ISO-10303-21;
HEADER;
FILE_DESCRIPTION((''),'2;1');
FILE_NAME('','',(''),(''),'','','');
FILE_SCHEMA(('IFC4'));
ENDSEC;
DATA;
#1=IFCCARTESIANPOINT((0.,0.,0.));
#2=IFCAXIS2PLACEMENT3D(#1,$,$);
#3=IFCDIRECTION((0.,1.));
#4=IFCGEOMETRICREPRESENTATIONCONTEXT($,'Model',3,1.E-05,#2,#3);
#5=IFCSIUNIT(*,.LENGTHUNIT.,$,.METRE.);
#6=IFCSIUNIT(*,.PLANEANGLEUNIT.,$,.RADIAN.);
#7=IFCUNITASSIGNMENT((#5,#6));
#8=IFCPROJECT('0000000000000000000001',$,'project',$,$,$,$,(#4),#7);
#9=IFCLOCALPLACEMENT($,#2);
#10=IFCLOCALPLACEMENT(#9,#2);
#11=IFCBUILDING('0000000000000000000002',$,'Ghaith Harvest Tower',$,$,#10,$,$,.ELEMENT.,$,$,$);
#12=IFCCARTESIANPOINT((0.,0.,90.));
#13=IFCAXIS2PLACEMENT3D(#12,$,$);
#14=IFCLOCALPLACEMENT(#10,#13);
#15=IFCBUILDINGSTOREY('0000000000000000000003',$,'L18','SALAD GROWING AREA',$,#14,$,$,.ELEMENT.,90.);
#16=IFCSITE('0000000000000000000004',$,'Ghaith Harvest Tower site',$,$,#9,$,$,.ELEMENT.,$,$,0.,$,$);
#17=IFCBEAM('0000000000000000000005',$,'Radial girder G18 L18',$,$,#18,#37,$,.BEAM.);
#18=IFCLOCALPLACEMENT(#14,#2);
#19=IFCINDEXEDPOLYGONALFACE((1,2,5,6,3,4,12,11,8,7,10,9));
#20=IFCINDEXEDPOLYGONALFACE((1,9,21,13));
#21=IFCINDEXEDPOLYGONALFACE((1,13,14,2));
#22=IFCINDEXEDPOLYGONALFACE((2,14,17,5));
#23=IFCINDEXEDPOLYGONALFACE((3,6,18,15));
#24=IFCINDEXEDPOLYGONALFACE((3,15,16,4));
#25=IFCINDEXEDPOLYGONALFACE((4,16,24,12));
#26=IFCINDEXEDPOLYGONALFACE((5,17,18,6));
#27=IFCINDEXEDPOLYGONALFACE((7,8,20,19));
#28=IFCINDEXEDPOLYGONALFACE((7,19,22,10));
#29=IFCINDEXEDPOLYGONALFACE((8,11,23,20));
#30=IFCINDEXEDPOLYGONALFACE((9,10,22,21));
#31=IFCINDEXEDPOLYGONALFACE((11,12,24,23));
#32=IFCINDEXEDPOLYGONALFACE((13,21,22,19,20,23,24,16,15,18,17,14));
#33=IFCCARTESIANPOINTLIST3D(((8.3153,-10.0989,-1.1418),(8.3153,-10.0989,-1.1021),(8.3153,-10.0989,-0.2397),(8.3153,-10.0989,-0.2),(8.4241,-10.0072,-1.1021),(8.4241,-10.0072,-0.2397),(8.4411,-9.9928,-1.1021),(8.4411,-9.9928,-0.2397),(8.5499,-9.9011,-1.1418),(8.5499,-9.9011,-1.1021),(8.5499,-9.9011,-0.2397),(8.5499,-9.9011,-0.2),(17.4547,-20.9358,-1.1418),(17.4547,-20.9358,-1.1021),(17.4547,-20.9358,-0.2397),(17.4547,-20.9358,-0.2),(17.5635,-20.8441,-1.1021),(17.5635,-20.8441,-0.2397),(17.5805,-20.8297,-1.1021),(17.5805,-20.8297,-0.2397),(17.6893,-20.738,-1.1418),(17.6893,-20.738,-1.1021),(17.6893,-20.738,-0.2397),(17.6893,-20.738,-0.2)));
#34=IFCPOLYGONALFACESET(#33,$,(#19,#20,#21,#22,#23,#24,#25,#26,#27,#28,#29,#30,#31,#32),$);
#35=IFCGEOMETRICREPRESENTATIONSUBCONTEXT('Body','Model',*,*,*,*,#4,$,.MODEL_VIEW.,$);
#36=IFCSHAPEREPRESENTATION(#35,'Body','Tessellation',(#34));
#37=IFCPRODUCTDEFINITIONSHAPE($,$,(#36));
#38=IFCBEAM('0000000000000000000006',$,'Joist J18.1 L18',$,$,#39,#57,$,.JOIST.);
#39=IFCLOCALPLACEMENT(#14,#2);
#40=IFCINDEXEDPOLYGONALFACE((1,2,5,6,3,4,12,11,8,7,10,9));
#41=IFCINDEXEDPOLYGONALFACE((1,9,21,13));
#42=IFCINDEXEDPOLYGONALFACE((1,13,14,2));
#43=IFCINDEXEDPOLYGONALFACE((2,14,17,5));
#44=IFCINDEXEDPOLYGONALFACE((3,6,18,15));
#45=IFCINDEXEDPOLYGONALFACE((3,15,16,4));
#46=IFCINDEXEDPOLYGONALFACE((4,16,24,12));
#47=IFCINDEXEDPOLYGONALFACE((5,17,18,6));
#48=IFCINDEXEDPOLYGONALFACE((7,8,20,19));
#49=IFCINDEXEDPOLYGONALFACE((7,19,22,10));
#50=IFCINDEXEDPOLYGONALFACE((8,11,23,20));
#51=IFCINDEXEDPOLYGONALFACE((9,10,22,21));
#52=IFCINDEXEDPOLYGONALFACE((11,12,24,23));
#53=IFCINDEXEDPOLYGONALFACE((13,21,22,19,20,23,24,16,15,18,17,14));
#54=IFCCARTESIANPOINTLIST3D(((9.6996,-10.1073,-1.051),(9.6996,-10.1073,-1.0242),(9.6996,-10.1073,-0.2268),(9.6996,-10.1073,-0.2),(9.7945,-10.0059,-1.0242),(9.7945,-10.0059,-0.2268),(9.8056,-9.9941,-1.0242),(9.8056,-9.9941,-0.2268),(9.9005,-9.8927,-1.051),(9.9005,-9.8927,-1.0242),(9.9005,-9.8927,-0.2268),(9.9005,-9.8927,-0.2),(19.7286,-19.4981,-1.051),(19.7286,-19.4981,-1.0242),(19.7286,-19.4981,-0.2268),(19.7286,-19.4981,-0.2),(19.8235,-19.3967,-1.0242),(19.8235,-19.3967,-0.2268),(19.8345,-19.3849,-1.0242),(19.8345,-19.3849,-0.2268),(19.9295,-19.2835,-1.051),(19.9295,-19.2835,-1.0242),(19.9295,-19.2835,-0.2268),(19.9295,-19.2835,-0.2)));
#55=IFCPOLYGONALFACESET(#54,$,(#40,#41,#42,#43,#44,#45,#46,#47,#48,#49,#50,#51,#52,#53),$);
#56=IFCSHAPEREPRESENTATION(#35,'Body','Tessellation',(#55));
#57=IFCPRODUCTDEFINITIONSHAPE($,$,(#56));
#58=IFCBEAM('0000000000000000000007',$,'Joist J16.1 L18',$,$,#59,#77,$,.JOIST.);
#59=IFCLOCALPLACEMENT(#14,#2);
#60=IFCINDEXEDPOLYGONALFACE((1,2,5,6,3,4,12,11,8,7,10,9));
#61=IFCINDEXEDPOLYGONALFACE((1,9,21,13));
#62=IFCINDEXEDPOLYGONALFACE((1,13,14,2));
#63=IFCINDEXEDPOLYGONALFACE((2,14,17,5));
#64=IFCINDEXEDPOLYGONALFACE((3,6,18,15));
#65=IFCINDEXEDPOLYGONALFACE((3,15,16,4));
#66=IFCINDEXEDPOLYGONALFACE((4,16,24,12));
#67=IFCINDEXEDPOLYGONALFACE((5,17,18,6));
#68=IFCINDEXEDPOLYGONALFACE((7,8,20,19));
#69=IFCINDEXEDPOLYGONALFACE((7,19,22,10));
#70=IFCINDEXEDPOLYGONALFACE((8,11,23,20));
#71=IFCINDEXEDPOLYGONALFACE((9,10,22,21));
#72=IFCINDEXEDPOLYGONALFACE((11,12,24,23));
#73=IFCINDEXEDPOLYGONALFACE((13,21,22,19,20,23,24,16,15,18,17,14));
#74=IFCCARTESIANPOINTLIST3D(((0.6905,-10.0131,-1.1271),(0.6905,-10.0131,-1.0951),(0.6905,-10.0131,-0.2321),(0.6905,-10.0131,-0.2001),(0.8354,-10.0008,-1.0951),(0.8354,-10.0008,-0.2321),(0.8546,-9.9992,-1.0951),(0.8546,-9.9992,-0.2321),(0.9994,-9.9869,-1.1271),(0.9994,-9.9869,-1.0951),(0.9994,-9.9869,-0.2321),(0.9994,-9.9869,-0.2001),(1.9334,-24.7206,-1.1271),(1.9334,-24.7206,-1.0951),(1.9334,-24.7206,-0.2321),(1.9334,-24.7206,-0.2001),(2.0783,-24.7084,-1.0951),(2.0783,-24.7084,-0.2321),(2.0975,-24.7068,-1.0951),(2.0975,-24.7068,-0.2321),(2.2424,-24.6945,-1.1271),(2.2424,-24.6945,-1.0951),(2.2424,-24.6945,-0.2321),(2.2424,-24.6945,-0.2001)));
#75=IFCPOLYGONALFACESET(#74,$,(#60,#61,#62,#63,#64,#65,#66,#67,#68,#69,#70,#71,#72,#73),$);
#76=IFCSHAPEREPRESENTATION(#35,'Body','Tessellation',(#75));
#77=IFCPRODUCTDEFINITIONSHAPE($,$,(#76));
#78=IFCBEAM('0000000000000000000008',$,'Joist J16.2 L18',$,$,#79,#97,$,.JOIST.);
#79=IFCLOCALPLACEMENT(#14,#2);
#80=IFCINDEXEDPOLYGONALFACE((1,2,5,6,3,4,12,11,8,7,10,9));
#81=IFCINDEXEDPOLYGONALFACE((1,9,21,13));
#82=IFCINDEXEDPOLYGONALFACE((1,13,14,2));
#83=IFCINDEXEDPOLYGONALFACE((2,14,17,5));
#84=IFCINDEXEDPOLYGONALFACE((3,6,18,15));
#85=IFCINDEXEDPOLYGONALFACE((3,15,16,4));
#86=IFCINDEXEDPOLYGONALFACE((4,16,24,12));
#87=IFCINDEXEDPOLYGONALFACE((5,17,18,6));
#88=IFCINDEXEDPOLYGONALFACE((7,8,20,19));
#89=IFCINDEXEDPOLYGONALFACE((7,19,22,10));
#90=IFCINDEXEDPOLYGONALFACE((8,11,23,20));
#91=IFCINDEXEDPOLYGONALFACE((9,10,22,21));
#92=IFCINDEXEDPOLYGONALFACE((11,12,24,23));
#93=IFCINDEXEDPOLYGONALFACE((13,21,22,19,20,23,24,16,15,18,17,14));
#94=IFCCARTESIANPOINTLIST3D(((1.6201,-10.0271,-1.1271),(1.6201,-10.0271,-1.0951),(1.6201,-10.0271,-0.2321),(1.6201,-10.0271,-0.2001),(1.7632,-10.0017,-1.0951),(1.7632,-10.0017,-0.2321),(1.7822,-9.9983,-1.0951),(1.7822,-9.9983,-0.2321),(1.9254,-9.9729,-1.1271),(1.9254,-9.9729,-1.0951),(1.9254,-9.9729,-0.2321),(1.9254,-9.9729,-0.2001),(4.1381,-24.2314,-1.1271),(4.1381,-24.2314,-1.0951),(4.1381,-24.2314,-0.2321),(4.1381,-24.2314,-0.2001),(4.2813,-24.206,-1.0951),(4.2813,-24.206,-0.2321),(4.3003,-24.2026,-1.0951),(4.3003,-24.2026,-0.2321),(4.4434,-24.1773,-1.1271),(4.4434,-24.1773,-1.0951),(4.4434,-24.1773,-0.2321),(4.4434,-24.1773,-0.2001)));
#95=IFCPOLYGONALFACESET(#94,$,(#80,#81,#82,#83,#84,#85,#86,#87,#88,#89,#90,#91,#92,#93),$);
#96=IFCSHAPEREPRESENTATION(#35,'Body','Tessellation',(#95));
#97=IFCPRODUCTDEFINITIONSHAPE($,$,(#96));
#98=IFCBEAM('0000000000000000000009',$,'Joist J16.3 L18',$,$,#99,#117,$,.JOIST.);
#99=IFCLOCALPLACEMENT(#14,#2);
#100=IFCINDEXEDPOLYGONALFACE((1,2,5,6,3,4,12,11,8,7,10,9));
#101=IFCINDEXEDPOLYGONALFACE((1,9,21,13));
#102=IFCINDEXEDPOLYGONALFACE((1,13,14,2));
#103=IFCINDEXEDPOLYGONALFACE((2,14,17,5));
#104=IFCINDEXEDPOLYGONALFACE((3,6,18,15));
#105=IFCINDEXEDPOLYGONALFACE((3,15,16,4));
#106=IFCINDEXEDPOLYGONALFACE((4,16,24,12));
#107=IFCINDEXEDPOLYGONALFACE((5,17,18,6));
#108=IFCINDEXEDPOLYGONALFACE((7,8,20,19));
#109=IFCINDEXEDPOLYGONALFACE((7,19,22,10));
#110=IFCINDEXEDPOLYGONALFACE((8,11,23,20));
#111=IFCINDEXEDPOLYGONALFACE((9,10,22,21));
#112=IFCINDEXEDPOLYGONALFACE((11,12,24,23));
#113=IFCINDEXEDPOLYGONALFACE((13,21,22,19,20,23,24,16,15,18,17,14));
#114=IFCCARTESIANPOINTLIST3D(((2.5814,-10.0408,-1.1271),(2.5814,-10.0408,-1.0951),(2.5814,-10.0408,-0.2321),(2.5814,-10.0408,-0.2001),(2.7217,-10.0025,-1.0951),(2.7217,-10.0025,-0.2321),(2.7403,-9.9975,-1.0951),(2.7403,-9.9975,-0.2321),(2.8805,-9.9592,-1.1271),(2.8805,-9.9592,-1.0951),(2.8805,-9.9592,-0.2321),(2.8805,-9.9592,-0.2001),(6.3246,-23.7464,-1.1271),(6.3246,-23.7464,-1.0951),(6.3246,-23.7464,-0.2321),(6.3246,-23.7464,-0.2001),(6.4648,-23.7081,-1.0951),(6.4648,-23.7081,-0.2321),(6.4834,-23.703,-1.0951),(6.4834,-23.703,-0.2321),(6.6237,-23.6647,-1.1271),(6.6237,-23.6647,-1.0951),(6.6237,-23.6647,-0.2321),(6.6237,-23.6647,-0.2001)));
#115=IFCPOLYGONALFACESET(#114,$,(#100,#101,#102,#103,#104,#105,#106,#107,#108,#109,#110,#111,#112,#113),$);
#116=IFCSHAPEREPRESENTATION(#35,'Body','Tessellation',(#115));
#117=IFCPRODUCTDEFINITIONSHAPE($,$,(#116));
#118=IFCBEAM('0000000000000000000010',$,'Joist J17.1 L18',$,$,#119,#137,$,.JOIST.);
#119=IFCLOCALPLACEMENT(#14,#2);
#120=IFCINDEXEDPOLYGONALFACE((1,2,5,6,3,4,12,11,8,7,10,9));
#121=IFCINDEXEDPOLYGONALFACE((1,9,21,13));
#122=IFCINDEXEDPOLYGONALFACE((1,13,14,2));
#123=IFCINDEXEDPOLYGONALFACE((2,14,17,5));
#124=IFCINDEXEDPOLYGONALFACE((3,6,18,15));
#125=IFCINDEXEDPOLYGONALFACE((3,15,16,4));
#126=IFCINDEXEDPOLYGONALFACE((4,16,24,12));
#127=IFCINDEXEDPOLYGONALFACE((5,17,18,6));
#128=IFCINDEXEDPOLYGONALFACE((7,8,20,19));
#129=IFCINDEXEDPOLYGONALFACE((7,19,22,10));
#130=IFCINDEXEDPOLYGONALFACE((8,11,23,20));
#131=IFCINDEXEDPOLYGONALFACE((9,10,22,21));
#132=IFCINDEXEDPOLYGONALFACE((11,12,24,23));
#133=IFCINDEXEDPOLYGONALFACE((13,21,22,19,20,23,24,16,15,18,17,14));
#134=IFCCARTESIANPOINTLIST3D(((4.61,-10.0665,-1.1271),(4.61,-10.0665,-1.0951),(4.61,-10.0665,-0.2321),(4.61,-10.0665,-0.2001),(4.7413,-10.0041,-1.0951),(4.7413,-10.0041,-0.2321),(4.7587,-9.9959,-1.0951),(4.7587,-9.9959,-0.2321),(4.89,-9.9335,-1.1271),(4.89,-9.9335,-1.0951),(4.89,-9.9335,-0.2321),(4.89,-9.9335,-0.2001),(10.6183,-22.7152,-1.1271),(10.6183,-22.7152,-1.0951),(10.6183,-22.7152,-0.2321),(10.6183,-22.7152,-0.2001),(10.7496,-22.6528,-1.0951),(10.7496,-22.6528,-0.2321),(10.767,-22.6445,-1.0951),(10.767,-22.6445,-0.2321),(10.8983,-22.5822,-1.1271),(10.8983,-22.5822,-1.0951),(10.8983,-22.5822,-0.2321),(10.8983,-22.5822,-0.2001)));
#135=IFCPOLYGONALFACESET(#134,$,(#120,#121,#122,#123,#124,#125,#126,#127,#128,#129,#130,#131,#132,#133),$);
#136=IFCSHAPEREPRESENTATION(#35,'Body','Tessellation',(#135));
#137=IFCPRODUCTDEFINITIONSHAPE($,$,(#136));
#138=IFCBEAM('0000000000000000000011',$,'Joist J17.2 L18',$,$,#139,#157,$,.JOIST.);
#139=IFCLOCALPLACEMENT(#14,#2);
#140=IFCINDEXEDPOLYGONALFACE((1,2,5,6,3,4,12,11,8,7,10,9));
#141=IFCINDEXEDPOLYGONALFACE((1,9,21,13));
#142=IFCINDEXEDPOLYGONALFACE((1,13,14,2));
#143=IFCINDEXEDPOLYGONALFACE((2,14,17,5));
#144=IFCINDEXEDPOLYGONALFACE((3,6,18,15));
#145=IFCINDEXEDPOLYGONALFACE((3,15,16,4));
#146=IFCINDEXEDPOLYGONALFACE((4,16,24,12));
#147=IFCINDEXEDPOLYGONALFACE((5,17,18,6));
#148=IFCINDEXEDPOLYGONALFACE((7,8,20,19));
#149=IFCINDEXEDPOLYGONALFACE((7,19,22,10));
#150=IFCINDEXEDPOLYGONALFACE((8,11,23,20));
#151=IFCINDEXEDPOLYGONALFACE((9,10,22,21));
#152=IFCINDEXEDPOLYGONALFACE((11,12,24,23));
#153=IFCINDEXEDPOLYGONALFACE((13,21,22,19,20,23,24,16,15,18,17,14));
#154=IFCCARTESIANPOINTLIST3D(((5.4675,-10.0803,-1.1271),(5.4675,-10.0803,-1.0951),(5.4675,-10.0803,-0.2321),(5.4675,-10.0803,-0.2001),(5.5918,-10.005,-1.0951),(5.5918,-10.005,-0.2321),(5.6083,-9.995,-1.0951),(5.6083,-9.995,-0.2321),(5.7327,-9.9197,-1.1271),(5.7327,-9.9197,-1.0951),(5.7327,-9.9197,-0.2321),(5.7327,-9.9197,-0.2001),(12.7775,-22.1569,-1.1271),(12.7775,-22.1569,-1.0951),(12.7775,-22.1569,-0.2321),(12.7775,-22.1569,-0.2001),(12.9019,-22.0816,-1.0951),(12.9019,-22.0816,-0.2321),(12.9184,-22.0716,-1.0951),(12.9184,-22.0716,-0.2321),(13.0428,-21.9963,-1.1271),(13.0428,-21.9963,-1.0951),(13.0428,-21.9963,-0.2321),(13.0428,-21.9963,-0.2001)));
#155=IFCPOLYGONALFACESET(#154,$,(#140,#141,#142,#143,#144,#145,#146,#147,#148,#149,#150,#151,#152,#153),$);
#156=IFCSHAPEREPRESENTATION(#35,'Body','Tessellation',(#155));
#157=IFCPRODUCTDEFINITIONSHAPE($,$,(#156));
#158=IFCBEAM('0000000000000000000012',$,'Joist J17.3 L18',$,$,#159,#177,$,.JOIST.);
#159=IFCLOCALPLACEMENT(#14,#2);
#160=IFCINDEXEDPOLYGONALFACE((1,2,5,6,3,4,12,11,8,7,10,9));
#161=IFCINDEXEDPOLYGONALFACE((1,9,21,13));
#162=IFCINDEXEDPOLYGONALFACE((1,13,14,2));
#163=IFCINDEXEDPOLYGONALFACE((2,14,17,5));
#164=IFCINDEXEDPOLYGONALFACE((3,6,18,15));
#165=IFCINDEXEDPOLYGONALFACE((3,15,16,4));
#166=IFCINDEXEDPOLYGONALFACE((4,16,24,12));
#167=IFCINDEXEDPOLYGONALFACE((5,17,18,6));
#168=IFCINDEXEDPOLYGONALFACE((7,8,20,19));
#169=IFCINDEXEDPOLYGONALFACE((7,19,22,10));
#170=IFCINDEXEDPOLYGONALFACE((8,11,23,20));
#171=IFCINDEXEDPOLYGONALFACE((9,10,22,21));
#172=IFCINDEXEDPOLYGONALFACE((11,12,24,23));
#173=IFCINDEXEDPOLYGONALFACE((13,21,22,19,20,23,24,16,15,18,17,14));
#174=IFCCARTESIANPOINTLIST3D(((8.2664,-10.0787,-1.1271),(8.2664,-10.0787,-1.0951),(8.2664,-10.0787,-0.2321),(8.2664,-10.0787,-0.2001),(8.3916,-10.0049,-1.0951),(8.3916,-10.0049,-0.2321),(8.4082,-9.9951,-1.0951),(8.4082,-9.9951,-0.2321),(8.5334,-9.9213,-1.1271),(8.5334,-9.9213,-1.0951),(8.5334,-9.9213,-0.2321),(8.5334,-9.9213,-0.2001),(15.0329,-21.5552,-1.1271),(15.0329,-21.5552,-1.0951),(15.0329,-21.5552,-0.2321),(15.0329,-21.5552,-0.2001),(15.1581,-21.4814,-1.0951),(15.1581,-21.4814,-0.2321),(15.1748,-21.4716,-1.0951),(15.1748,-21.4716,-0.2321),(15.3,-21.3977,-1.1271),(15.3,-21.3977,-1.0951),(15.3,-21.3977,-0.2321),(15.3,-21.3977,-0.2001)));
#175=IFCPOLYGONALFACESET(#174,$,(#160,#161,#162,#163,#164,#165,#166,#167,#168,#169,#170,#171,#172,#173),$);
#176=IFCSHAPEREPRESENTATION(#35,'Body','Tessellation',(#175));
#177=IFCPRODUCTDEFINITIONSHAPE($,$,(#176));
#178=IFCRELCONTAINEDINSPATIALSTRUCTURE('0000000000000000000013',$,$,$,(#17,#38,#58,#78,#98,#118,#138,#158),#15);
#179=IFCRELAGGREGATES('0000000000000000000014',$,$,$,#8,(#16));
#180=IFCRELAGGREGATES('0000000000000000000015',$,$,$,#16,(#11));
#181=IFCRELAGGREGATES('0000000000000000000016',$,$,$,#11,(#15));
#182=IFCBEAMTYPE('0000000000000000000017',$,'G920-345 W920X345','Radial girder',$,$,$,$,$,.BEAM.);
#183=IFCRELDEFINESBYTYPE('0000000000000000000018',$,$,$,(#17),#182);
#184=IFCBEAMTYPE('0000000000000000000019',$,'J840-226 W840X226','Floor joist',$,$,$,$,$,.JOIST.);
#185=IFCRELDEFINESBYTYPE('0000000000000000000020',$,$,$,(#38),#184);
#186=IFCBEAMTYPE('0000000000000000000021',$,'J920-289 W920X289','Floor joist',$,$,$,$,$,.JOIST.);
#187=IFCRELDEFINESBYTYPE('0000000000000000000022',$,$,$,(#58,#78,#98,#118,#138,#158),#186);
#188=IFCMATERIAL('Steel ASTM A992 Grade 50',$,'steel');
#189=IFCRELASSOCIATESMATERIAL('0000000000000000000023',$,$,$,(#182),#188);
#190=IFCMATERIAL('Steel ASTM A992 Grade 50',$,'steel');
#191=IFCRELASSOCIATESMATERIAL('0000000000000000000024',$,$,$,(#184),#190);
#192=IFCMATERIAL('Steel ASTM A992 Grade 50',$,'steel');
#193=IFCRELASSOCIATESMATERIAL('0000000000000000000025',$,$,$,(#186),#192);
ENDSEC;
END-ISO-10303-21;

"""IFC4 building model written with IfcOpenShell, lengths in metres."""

from ifc_helpers import new_model, si_unit, direction, frame, origin, origin_2d, place, context, subcontext, project, spatial, i_section, extrude, material, material_profile, profile_set, type_object, element, save


model = new_model("IFC4")

# Units and contexts
model_context = context("Model", 3, precision=1e-05, world=origin(), true_north=direction((0.0, 1.0)))
body_context = subcontext(model_context, "Body", "Model", "MODEL_VIEW")
ifc_project = project(units=[si_unit("LENGTHUNIT", "METRE"), si_unit("PLANEANGLEUNIT", "RADIAN")], contexts=[model_context])

# Site, building, storey
site_placement = place(None, origin())
site = spatial("IfcSite", under=ifc_project, at=site_placement, Name="Ghaith Harvest Tower site", CompositionType="ELEMENT", RefElevation=0.0)
building_placement = place(site_placement, origin())
building = spatial("IfcBuilding", under=site, at=building_placement, Name="Ghaith Harvest Tower", CompositionType="ELEMENT")
storey_placement = place(building_placement, frame((0.0, 0.0, 90.0)))
storey = spatial("IfcBuildingStorey", under=building, at=storey_placement, Name="L18", Description="SALAD GROWING AREA", CompositionType="ELEMENT", Elevation=90.0)

# Beams
ifc_material_1 = material(Name="Steel ASTM A992 Grade 50", Category="steel")
ifc_material_profile_1 = material_profile(ifc_material_1, i_section(OverallWidth=0.3069, OverallDepth=0.9419, WebThickness=0.0222, FlangeThickness=0.0398, at=origin_2d()), Name="W920X345")
ifc_profile_set_1 = profile_set([ifc_material_profile_1], Name="Steel ASTM A992 Grade 50")
beam_type_1 = type_object("IfcBeamType", Name="G920-345 W920X345", Description="Radial girder", PredefinedType="BEAM", material=ifc_profile_set_1)
beam_1_placement = place(storey_placement, frame((8.4326, -10.0, -0.6709), z_axis=(0.644696, -0.764439, 0.0), x_axis=(0.764439, 0.644696, 0.0)))
element("IfcBeam", 1, at=beam_1_placement, inside=storey, type_object=beam_type_1, Name="Radial girder G18 L18", PredefinedType="BEAM", context=body_context, shape_type="SweptSolid", body=[
    extrude(i_section(OverallWidth=0.3069, OverallDepth=0.9419, WebThickness=0.0222, FlangeThickness=0.0398, at=origin_2d()), origin(), (0.0, 0.0, 1.0), 14.1763),
])
ifc_material_2 = material(Name="Steel ASTM A992 Grade 50", Category="steel")
ifc_material_profile_2 = material_profile(ifc_material_2, i_section(OverallWidth=0.2939, OverallDepth=0.8511, WebThickness=0.0161, FlangeThickness=0.0269, at=origin_2d()), Name="W840X226")
ifc_profile_set_2 = profile_set([ifc_material_profile_2], Name="Steel ASTM A992 Grade 50")
beam_type_2 = type_object("IfcBeamType", Name="J840-226 W840X226", Description="Floor joist", PredefinedType="JOIST", material=ifc_profile_set_2)
beam_2_placement = place(storey_placement, frame((9.8, -10.0, -0.6255), z_axis=(0.72995, -0.683501, 0.0), x_axis=(0.683501, 0.72995, 0.0)))
element("IfcBeam", 2, at=beam_2_placement, inside=storey, type_object=beam_type_2, Name="Joist J18.1 L18", PredefinedType="JOIST", context=body_context, shape_type="SweptSolid", body=[
    extrude(i_section(OverallWidth=0.2939, OverallDepth=0.8511, WebThickness=0.0161, FlangeThickness=0.0269, at=origin_2d()), origin(), (0.0, 0.0, 1.0), 13.7393),
])
ifc_material_3 = material(Name="Steel ASTM A992 Grade 50", Category="steel")
ifc_material_profile_3 = material_profile(ifc_material_3, i_section(OverallWidth=0.3101, OverallDepth=0.927, WebThickness=0.0193, FlangeThickness=0.032, at=origin_2d()), Name="W920X289")
ifc_profile_set_3 = profile_set([ifc_material_profile_3], Name="Steel ASTM A992 Grade 50")
beam_type_3 = type_object("IfcBeamType", Name="J920-289 W920X289", Description="Floor joist", PredefinedType="JOIST", material=ifc_profile_set_3)
beam_3_placement = place(storey_placement, frame((0.845, -10.0, -0.6636), z_axis=(0.084209, -0.996448, 0.0), x_axis=(0.996448, 0.084209, 0.0)))
element("IfcBeam", 3, at=beam_3_placement, inside=storey, type_object=beam_type_3, Name="Joist J16.1 L18", PredefinedType="JOIST", context=body_context, shape_type="SweptSolid", body=[
    extrude(i_section(OverallWidth=0.3101, OverallDepth=0.927, WebThickness=0.0193, FlangeThickness=0.032, at=origin_2d()), origin(), (0.0, 0.0, 1.0), 14.76),
])
beam_4_placement = place(storey_placement, frame((1.7727, -10.0, -0.6636), z_axis=(0.174553, -0.984648, 0.0), x_axis=(0.984648, 0.174553, 0.0)))
element("IfcBeam", 4, at=beam_4_placement, inside=storey, type_object=beam_type_3, Name="Joist J16.2 L18", PredefinedType="JOIST", context=body_context, shape_type="SweptSolid", body=[
    extrude(i_section(OverallWidth=0.3101, OverallDepth=0.927, WebThickness=0.0193, FlangeThickness=0.032, at=origin_2d()), origin(), (0.0, 0.0, 1.0), 14.4258),
])
beam_5_placement = place(storey_placement, frame((2.731, -10.0, -0.6636), z_axis=(0.263463, -0.964669, 0.0), x_axis=(0.964669, 0.263463, 0.0)))
element("IfcBeam", 5, at=beam_5_placement, inside=storey, type_object=beam_type_3, Name="Joist J16.3 L18", PredefinedType="JOIST", context=body_context, shape_type="SweptSolid", body=[
    extrude(i_section(OverallWidth=0.3101, OverallDepth=0.927, WebThickness=0.0193, FlangeThickness=0.032, at=origin_2d()), origin(), (0.0, 0.0, 1.0), 14.2075),
])
beam_6_placement = place(storey_placement, frame((4.75, -10.0, -0.6636), z_axis=(0.429067, -0.903273, 0.0), x_axis=(0.903273, 0.429067, 0.0)))
element("IfcBeam", 6, at=beam_6_placement, inside=storey, type_object=beam_type_3, Name="Joist J17.1 L18", PredefinedType="JOIST", context=body_context, shape_type="SweptSolid", body=[
    extrude(i_section(OverallWidth=0.3101, OverallDepth=0.927, WebThickness=0.0193, FlangeThickness=0.032, at=origin_2d()), origin(), (0.0, 0.0, 1.0), 14.0032),
])
beam_7_placement = place(storey_placement, frame((5.6001, -10.0, -0.6636), z_axis=(0.517829, -0.855484, 0.0), x_axis=(0.855484, 0.517829, 0.0)))
element("IfcBeam", 7, at=beam_7_placement, inside=storey, type_object=beam_type_3, Name="Joist J17.2 L18", PredefinedType="JOIST", context=body_context, shape_type="SweptSolid", body=[
    extrude(i_section(OverallWidth=0.3101, OverallDepth=0.927, WebThickness=0.0193, FlangeThickness=0.032, at=origin_2d()), origin(), (0.0, 0.0, 1.0), 14.1167),
])
beam_8_placement = place(storey_placement, frame((8.3999, -10.0, -0.6636), z_axis=(0.507894, -0.861419, 0.0), x_axis=(0.861419, 0.507894, 0.0)))
element("IfcBeam", 8, at=beam_8_placement, inside=storey, type_object=beam_type_3, Name="Joist J17.3 L18", PredefinedType="JOIST", context=body_context, shape_type="SweptSolid", body=[
    extrude(i_section(OverallWidth=0.3101, OverallDepth=0.927, WebThickness=0.0193, FlangeThickness=0.032, at=origin_2d()), origin(), (0.0, 0.0, 1.0), 13.3228),
])

save(model, "model.ifc")
